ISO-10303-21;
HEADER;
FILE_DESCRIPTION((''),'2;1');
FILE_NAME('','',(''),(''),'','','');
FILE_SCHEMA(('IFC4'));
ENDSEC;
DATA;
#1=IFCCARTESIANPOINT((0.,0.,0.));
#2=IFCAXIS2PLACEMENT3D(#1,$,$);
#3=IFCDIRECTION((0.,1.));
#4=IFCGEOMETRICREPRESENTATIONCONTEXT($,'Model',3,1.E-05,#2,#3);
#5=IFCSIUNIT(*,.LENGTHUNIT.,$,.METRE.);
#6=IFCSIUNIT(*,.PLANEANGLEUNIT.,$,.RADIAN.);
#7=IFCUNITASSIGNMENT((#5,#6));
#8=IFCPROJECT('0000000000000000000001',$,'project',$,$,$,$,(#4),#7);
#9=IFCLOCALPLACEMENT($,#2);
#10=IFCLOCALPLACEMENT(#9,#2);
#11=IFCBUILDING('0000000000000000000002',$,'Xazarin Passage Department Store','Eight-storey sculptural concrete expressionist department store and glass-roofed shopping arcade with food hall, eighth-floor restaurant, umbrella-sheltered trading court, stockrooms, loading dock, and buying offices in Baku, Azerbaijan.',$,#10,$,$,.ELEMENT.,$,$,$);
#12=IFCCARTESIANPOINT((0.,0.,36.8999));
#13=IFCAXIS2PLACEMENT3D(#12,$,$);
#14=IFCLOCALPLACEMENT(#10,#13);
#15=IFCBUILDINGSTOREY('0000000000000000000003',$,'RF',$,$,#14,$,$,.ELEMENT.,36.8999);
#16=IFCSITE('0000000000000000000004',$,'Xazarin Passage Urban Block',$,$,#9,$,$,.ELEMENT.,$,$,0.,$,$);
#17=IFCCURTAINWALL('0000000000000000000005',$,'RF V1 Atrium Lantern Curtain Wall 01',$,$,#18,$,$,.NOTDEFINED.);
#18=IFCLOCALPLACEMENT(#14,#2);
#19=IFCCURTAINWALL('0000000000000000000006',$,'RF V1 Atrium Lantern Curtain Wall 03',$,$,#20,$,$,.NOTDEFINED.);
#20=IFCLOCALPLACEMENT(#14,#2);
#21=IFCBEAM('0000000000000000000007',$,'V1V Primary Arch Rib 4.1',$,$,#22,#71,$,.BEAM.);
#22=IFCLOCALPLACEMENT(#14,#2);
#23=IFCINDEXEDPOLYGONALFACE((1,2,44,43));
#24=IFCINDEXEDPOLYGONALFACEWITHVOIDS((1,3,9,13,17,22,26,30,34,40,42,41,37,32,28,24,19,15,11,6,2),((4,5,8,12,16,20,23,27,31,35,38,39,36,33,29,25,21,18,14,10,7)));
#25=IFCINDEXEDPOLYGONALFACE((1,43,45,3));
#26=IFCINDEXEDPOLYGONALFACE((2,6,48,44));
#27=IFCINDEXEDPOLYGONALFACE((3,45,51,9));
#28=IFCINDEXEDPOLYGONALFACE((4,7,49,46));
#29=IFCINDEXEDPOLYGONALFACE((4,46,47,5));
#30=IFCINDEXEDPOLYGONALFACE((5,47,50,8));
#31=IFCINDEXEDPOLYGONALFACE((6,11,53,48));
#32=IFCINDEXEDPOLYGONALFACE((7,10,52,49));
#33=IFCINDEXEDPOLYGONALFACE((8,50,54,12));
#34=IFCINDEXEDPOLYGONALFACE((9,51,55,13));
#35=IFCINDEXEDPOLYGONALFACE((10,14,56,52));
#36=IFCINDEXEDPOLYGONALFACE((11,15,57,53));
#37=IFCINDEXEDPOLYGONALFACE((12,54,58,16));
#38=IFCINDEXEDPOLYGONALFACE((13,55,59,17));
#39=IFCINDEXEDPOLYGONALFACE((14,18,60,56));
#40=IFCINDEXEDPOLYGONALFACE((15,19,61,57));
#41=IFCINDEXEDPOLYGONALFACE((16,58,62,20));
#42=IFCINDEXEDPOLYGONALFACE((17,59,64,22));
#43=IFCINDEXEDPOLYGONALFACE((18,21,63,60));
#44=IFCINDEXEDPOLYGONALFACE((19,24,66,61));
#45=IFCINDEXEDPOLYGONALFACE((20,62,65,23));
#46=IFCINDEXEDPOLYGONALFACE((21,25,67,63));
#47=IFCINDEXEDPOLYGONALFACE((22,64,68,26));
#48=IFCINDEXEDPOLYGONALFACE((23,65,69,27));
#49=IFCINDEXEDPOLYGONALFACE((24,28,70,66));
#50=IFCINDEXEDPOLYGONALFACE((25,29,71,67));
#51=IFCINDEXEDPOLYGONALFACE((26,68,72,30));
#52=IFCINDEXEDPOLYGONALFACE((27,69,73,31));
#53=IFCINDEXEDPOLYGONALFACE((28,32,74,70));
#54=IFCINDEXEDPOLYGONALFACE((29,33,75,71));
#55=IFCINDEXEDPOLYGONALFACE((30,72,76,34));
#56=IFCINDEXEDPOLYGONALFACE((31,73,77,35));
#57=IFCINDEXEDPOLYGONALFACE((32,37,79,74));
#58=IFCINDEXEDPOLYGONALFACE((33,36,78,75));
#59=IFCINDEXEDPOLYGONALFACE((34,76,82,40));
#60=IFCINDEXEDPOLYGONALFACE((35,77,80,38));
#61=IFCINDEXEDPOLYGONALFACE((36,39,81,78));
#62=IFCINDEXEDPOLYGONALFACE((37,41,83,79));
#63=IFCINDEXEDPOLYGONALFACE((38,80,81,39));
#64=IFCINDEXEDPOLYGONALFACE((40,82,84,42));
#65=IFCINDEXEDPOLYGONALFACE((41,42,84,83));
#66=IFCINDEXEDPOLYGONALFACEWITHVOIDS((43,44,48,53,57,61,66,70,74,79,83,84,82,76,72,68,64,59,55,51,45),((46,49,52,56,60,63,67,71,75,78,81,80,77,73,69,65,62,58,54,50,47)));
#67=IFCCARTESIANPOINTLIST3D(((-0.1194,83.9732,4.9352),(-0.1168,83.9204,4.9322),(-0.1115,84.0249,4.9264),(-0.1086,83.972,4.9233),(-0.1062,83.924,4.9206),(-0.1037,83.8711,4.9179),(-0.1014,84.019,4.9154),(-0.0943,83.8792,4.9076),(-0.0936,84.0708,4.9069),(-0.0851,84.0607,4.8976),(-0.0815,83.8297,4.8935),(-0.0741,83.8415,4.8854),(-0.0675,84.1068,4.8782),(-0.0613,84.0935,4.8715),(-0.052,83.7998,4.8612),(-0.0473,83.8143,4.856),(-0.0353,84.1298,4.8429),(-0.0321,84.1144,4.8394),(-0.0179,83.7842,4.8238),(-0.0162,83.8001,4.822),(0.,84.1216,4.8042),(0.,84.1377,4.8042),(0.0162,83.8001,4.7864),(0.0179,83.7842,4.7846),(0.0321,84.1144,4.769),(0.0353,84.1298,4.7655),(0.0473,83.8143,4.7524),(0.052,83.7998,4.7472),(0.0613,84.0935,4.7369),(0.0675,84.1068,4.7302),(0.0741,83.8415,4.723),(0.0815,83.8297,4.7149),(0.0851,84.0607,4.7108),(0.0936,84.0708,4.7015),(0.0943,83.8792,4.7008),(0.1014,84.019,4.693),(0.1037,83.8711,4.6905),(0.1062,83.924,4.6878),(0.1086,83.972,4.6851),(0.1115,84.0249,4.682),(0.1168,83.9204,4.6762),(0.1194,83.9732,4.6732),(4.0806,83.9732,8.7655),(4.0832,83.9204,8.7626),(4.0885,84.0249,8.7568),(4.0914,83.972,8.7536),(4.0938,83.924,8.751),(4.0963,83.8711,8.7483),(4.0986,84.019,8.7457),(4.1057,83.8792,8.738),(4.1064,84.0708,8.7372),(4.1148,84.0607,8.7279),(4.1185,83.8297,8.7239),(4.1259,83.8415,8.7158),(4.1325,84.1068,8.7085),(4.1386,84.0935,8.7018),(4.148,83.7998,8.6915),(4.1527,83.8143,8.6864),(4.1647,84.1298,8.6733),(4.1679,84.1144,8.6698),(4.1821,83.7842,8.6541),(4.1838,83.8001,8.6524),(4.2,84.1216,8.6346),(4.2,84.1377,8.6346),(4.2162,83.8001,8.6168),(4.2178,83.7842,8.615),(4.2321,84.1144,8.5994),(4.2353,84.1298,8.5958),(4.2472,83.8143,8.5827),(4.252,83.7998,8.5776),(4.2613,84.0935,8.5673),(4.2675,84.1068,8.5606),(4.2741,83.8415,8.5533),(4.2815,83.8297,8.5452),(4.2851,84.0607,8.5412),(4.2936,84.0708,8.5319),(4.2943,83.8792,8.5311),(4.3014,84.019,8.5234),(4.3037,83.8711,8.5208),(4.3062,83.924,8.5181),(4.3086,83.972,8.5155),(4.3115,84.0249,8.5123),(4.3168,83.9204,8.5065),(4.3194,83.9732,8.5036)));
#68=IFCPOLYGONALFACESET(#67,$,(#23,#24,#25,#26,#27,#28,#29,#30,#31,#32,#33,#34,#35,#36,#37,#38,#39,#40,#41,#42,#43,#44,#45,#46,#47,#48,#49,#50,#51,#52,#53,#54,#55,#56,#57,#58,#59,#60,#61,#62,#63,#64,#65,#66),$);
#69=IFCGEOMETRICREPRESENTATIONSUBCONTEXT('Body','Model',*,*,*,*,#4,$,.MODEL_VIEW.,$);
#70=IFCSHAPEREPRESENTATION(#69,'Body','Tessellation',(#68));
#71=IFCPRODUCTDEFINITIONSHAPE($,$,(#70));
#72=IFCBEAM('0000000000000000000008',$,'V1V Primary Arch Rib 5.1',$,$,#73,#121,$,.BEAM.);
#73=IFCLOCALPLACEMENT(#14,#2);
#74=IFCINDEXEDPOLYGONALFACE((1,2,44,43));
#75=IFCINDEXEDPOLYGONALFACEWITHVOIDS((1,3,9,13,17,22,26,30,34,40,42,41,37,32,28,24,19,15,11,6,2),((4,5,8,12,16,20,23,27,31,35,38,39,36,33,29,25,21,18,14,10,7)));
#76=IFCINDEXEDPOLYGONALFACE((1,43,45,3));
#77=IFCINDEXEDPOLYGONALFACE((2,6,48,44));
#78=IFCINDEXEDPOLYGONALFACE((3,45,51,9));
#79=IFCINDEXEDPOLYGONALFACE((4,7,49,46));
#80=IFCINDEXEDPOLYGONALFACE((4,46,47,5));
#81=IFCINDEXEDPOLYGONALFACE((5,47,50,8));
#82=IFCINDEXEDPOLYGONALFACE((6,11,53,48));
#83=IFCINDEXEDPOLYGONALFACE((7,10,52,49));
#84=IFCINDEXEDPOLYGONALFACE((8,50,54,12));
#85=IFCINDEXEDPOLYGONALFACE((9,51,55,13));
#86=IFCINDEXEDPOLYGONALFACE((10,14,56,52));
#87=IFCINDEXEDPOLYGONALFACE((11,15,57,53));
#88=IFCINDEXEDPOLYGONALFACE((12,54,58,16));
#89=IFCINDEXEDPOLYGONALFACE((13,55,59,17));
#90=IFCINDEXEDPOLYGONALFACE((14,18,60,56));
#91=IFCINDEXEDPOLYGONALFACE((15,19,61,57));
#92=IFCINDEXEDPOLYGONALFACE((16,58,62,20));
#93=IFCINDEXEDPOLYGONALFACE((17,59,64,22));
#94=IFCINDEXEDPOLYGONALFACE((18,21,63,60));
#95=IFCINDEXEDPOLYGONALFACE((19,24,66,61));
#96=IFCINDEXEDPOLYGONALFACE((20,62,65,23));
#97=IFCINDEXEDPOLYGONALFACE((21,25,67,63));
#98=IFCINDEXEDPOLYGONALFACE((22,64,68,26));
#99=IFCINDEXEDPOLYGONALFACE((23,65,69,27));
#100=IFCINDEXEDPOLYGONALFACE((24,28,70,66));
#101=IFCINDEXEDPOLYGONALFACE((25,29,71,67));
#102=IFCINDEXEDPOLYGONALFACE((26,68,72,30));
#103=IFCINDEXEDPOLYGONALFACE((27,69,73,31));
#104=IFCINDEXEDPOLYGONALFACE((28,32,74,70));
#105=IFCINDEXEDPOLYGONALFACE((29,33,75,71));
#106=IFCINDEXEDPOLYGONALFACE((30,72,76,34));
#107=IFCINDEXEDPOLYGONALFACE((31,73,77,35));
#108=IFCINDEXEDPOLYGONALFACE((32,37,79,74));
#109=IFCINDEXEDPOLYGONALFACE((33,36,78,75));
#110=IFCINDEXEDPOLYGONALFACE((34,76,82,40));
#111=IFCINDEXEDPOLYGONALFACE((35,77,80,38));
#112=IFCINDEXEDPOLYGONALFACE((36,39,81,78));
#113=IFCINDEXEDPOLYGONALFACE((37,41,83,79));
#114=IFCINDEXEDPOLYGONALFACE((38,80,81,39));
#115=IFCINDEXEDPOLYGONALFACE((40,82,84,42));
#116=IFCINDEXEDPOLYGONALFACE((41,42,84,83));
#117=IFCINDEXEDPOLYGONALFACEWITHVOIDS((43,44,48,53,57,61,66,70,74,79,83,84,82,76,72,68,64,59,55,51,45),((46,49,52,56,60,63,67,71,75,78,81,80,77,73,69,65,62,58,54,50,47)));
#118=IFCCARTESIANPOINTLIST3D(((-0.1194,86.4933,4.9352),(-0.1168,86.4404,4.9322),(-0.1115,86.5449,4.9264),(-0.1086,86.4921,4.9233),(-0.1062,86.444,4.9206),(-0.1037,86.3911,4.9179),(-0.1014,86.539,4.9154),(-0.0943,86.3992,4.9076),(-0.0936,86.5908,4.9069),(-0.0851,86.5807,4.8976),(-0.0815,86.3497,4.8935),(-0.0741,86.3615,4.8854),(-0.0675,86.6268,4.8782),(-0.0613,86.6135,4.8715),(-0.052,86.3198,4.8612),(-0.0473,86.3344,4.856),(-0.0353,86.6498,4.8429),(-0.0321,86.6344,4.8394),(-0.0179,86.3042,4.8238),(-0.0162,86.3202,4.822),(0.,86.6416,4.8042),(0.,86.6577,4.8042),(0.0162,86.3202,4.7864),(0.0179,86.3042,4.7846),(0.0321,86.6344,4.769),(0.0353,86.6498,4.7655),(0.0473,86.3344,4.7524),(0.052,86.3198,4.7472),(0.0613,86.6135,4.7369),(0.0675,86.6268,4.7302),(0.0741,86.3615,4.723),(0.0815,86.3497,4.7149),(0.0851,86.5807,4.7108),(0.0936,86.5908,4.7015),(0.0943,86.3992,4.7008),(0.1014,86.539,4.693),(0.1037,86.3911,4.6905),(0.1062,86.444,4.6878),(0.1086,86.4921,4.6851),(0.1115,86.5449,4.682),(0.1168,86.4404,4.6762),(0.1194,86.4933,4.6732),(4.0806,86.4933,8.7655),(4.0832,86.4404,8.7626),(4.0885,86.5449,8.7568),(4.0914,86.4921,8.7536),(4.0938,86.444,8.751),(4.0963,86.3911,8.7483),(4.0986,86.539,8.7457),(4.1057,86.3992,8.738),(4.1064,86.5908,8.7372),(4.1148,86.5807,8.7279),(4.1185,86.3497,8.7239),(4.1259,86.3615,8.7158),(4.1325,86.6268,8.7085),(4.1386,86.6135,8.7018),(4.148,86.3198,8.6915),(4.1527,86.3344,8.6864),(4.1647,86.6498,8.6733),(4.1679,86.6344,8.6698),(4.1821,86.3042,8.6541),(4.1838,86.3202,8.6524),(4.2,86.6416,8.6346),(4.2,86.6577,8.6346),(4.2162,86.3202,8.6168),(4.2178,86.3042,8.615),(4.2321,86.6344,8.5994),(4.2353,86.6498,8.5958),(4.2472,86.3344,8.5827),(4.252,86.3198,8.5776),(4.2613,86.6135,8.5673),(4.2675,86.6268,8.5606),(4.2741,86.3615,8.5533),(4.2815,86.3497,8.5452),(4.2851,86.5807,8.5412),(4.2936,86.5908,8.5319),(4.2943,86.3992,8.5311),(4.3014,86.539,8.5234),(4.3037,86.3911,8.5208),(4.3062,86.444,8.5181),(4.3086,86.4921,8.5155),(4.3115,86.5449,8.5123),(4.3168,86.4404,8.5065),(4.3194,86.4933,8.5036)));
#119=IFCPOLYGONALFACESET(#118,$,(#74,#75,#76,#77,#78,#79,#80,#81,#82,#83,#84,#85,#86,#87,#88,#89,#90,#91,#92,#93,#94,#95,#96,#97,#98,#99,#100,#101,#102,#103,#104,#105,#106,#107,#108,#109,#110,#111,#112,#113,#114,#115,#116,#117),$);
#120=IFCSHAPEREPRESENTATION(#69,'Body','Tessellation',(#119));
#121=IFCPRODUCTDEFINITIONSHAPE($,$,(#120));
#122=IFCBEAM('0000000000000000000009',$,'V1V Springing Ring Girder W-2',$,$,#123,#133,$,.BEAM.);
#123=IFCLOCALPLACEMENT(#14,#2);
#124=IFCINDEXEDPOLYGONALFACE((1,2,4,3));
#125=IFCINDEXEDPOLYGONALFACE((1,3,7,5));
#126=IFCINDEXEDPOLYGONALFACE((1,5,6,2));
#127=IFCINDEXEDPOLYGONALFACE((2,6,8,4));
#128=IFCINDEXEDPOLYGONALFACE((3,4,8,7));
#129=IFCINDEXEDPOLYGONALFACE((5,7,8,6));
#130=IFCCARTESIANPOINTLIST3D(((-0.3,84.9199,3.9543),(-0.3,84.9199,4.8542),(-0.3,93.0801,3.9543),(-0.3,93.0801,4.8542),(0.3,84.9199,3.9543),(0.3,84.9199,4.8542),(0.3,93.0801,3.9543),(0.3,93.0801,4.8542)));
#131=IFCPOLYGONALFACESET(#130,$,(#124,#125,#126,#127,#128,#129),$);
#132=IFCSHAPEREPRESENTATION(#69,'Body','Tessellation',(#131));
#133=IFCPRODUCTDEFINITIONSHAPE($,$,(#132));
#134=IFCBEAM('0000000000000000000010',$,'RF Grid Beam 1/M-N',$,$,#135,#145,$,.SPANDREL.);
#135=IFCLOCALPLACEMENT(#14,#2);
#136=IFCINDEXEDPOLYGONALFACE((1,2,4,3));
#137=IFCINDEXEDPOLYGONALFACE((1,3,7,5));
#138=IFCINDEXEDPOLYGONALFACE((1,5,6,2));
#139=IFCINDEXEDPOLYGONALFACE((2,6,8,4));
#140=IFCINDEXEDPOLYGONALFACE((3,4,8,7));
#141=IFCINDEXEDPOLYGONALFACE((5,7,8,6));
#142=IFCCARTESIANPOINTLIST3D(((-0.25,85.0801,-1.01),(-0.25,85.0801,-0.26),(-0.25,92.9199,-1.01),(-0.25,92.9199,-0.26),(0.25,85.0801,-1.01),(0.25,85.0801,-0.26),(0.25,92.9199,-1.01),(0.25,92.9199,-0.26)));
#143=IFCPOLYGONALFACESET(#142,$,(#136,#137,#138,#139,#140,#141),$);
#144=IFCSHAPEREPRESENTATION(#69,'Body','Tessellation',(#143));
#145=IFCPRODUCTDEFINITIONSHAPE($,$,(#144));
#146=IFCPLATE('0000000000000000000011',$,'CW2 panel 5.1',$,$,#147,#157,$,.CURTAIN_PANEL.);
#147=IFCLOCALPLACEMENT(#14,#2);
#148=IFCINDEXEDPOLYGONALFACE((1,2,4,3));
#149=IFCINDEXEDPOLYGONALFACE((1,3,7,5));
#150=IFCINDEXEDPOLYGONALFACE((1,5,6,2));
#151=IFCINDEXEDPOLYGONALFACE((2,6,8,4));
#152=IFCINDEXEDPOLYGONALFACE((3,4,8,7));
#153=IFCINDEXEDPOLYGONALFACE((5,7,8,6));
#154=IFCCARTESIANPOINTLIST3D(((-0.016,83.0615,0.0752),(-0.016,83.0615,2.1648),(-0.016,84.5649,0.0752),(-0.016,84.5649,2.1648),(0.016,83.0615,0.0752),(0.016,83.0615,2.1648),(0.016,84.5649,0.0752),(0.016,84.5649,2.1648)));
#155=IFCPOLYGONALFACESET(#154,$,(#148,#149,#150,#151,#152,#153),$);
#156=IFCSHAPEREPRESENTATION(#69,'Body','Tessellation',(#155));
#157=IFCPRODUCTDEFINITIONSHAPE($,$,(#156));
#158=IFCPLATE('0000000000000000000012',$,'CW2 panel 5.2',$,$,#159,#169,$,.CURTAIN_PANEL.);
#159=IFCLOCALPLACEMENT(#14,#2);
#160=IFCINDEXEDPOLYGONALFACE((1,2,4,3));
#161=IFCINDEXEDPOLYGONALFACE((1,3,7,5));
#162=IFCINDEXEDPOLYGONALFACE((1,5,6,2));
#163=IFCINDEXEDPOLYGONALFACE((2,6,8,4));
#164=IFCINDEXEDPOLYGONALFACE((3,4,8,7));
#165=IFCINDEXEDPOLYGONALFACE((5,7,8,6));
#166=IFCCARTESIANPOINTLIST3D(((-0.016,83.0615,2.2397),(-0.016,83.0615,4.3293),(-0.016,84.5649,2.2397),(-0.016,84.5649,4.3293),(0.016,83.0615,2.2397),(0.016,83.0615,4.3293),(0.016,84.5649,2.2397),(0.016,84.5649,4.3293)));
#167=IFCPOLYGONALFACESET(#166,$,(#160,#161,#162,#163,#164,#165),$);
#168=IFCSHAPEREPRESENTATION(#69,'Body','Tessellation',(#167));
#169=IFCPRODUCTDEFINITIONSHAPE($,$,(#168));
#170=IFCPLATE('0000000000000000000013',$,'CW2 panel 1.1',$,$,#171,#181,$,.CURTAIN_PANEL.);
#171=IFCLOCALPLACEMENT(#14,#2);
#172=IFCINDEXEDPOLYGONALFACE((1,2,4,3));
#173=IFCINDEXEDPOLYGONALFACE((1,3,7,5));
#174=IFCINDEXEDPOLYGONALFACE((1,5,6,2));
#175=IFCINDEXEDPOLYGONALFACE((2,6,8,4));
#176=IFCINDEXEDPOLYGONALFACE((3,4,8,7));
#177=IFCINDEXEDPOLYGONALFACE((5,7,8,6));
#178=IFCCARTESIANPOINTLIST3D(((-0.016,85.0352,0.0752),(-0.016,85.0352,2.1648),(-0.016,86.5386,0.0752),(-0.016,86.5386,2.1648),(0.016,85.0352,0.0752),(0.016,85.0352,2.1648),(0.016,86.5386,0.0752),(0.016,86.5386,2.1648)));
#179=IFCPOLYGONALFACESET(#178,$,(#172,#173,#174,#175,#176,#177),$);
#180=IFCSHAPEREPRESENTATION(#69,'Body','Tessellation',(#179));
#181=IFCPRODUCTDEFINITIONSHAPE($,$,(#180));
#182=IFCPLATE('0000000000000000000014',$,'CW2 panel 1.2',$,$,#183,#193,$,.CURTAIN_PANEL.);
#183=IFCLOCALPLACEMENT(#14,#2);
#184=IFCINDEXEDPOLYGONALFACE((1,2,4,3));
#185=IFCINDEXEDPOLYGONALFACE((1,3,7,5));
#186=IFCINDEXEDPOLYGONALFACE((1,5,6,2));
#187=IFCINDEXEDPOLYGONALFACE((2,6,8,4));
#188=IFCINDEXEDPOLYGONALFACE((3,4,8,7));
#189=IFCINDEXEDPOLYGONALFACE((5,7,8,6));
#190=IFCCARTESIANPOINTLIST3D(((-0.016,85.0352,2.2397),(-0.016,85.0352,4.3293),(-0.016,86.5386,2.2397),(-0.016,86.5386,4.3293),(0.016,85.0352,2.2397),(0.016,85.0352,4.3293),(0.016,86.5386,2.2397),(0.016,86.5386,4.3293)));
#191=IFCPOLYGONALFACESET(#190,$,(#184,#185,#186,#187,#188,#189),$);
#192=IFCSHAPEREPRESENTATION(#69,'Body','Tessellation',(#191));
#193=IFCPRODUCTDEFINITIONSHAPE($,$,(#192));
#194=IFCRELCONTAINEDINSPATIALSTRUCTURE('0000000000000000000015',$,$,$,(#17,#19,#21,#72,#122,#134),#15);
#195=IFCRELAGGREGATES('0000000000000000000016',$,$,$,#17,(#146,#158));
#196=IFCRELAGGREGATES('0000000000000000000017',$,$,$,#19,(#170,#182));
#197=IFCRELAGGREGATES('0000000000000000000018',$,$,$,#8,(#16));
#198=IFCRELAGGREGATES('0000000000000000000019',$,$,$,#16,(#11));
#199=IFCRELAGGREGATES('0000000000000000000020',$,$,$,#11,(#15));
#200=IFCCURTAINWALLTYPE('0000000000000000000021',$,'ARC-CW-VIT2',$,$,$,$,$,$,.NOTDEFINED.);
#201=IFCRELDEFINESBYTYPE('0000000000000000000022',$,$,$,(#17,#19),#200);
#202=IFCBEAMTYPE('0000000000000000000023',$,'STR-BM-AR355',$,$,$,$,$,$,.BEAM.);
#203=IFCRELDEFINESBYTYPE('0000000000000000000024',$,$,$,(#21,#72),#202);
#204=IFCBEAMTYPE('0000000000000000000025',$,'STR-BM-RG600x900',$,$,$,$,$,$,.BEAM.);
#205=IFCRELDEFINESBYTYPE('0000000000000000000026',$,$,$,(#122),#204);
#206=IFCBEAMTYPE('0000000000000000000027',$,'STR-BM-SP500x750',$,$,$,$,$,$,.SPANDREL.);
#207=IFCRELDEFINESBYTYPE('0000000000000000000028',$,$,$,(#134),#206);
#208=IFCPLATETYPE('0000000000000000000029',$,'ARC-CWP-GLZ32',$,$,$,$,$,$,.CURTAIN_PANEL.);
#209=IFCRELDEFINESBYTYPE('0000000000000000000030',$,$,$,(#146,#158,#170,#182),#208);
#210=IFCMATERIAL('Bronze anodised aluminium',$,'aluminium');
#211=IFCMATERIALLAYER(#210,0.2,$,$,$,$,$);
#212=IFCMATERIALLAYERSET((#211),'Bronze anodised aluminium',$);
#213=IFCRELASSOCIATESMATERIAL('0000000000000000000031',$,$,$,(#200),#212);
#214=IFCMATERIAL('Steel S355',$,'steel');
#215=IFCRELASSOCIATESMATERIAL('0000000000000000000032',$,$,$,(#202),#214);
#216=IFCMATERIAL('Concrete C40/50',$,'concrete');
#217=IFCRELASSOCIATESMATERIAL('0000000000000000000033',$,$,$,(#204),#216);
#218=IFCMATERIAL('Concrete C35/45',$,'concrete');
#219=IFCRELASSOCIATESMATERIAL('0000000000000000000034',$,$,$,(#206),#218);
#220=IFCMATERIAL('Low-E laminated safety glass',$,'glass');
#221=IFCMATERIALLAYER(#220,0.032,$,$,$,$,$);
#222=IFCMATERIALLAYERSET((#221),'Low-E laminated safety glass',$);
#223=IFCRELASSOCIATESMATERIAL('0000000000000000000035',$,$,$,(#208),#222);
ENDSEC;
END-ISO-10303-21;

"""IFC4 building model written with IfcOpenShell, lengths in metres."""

from ifc_helpers import new_model, si_unit, direction, frame, origin, origin_2d, place, context, subcontext, project, spatial, rectangle, hollow_circle, extrude, material, layer, layer_set, material_profile, profile_set, type_object, element, aggregate, save


model = new_model("IFC4")

# Units and contexts
model_context = context("Model", 3, precision=1e-05, world=origin(), true_north=direction((0.0, 1.0)))
body_context = subcontext(model_context, "Body", "Model", "MODEL_VIEW")
ifc_project = project(units=[si_unit("LENGTHUNIT", "METRE"), si_unit("PLANEANGLEUNIT", "RADIAN")], contexts=[model_context])

# Site, building, storey
site_placement = place(None, origin())
site = spatial("IfcSite", under=ifc_project, at=site_placement, Name="Xazarin Passage Urban Block", CompositionType="ELEMENT", RefElevation=0.0)
building_placement = place(site_placement, origin())
building = spatial("IfcBuilding", under=site, at=building_placement, Name="Xazarin Passage Department Store", Description="Eight-storey sculptural concrete expressionist department store and glass-roofed shopping arcade with food hall, eighth-floor restaurant, umbrella-sheltered trading court, stockrooms, loading dock, and buying offices in Baku, Azerbaijan.", CompositionType="ELEMENT")
storey_placement = place(building_placement, frame((0.0, 0.0, 36.8999)))
storey = spatial("IfcBuildingStorey", under=building, at=storey_placement, Name="RF", CompositionType="ELEMENT", Elevation=36.8999)

# Shared definitions
ifc_material_1 = material(Name="Steel S355", Category="steel")

# Curtain wall
ifc_material_2 = material(Name="Bronze anodised aluminium", Category="aluminium")
ifc_layer_1 = layer(ifc_material_2, 0.2)
ifc_layer_set_1 = layer_set([ifc_layer_1], Name="Bronze anodised aluminium")
curtain_wall_type = type_object("IfcCurtainWallType", Name="ARC-CW-VIT2", PredefinedType="NOTDEFINED", material=ifc_layer_set_1)
curtain_wall_1_placement = place(storey_placement, origin())
curtain_wall_1 = element("IfcCurtainWall", 1, at=curtain_wall_1_placement, inside=storey, type_object=curtain_wall_type, Name="RF V1 Atrium Lantern Curtain Wall 01", PredefinedType="NOTDEFINED")

# Curtain wall
curtain_wall_2_placement = place(storey_placement, origin())
curtain_wall_2 = element("IfcCurtainWall", 2, at=curtain_wall_2_placement, inside=storey, type_object=curtain_wall_type, Name="RF V1 Atrium Lantern Curtain Wall 03", PredefinedType="NOTDEFINED")

# Beams
ifc_material_profile_1 = material_profile(ifc_material_1, hollow_circle(Radius=0.1777, WallThickness=0.0161, at=origin_2d()), Name="CHS 355.6x16")
ifc_profile_set_1 = profile_set([ifc_material_profile_1], Name="Steel S355")
beam_type_1 = type_object("IfcBeamType", Name="STR-BM-AR355", PredefinedType="BEAM", material=ifc_profile_set_1)
for number, where, z_axis, x_axis, name in (
    (3, (0.0, 83.96, 4.8042), (0.738872, 0.0, 0.673846), (0.0, 1.0, 0.0), "V1V Primary Arch Rib 4.1"),
    (4, (0.0, 86.48, 4.8042), (0.738872, 0.0, 0.673846), (0.0, 1.0, 0.0), "V1V Primary Arch Rib 5.1"),
):
    element("IfcBeam", number, at=place(storey_placement, frame(where, z_axis=z_axis, x_axis=x_axis)), inside=storey, type_object=beam_type_1, Name=name, PredefinedType="BEAM", context=body_context, shape_type="SweptSolid", body=[
        extrude(hollow_circle(Radius=0.1777, WallThickness=0.0161, at=origin_2d()), origin(), (0.0, 0.0, 1.0), 5.6843),
    ])
ifc_material_3 = material(Name="Concrete C40/50", Category="concrete")
ifc_material_profile_2 = material_profile(ifc_material_3, rectangle(XDim=0.6001, YDim=0.8999, at=origin_2d()), Name="RC 600x900")
ifc_profile_set_2 = profile_set([ifc_material_profile_2], Name="Concrete C40/50")
beam_type_2 = type_object("IfcBeamType", Name="STR-BM-RG600x900", PredefinedType="BEAM", material=ifc_profile_set_2)
beam_1_placement = place(storey_placement, frame((0.0, 84.9199, 4.4043), z_axis=(0.0, 1.0, 0.0), x_axis=(-1.0, 0.0, 0.0)))
element("IfcBeam", 5, at=beam_1_placement, inside=storey, type_object=beam_type_2, Name="V1V Springing Ring Girder W-2", PredefinedType="BEAM", context=body_context, shape_type="SweptSolid", body=[
    extrude(rectangle(XDim=0.6001, YDim=0.8999, at=origin_2d()), origin(), (0.0, 0.0, 1.0), 8.1602),
])
ifc_material_4 = material(Name="Concrete C35/45", Category="concrete")
ifc_material_profile_3 = material_profile(ifc_material_4, rectangle(XDim=0.5, YDim=0.75, at=origin_2d()), Name="RC 500x750")
ifc_profile_set_3 = profile_set([ifc_material_profile_3], Name="Concrete C35/45")
beam_type_3 = type_object("IfcBeamType", Name="STR-BM-SP500x750", PredefinedType="SPANDREL", material=ifc_profile_set_3)
beam_2_placement = place(storey_placement, frame((0.0, 85.0801, -0.635), z_axis=(0.0, 1.0, 0.0), x_axis=(-1.0, 0.0, 0.0)))
element("IfcBeam", 6, at=beam_2_placement, inside=storey, type_object=beam_type_3, Name="RF Grid Beam 1/M-N", PredefinedType="SPANDREL", context=body_context, shape_type="SweptSolid", body=[
    extrude(rectangle(XDim=0.5, YDim=0.75, at=origin_2d()), origin(), (0.0, 0.0, 1.0), 7.8398),
])

# Plates
ifc_material_5 = material(Name="Low-E laminated safety glass", Category="glass")
ifc_layer_2 = layer(ifc_material_5, 0.032)
ifc_layer_set_2 = layer_set([ifc_layer_2], Name="Low-E laminated safety glass")
plate_type_1 = type_object("IfcPlateType", Name="ARC-CWP-GLZ32", PredefinedType="CURTAIN_PANEL", material=ifc_layer_set_2)
plate_1_placement = place(storey_placement, frame((0.0, 83.8132, 0.0752), z_axis=(0.0, 0.0, 1.0), x_axis=(0.0, 1.0, 0.0)))
plate_1 = element("IfcPlate", 7, at=plate_1_placement, type_object=plate_type_1, Name="CW2 panel 5.1", PredefinedType="CURTAIN_PANEL", context=body_context, shape_type="SweptSolid", body=[
    extrude(rectangle(XDim=1.5034, YDim=0.032, at=origin_2d()), origin(), (0.0, 0.0, 1.0), 2.0896),
])
plate_2_placement = place(storey_placement, frame((0.0, 83.8132, 2.2397), z_axis=(0.0, 0.0, 1.0), x_axis=(0.0, 1.0, 0.0)))
plate_2 = element("IfcPlate", 8, at=plate_2_placement, type_object=plate_type_1, Name="CW2 panel 5.2", PredefinedType="CURTAIN_PANEL", context=body_context, shape_type="SweptSolid", body=[
    extrude(rectangle(XDim=1.5034, YDim=0.032, at=origin_2d()), origin(), (0.0, 0.0, 1.0), 2.0896),
])
aggregate(curtain_wall_1, [plate_1, plate_2])
plate_3_placement = place(storey_placement, frame((0.0, 85.7869, 0.0752), z_axis=(0.0, 0.0, 1.0), x_axis=(0.0, 1.0, 0.0)))
plate_3 = element("IfcPlate", 9, at=plate_3_placement, type_object=plate_type_1, Name="CW2 panel 1.1", PredefinedType="CURTAIN_PANEL", context=body_context, shape_type="SweptSolid", body=[
    extrude(rectangle(XDim=1.5034, YDim=0.032, at=origin_2d()), origin(), (0.0, 0.0, 1.0), 2.0896),
])
plate_4_placement = place(storey_placement, frame((0.0, 85.7869, 2.2397), z_axis=(0.0, 0.0, 1.0), x_axis=(0.0, 1.0, 0.0)))
plate_4 = element("IfcPlate", 10, at=plate_4_placement, type_object=plate_type_1, Name="CW2 panel 1.2", PredefinedType="CURTAIN_PANEL", context=body_context, shape_type="SweptSolid", body=[
    extrude(rectangle(XDim=1.5034, YDim=0.032, at=origin_2d()), origin(), (0.0, 0.0, 1.0), 2.0896),
])
aggregate(curtain_wall_2, [plate_3, plate_4])

save(model, "model.ifc")
